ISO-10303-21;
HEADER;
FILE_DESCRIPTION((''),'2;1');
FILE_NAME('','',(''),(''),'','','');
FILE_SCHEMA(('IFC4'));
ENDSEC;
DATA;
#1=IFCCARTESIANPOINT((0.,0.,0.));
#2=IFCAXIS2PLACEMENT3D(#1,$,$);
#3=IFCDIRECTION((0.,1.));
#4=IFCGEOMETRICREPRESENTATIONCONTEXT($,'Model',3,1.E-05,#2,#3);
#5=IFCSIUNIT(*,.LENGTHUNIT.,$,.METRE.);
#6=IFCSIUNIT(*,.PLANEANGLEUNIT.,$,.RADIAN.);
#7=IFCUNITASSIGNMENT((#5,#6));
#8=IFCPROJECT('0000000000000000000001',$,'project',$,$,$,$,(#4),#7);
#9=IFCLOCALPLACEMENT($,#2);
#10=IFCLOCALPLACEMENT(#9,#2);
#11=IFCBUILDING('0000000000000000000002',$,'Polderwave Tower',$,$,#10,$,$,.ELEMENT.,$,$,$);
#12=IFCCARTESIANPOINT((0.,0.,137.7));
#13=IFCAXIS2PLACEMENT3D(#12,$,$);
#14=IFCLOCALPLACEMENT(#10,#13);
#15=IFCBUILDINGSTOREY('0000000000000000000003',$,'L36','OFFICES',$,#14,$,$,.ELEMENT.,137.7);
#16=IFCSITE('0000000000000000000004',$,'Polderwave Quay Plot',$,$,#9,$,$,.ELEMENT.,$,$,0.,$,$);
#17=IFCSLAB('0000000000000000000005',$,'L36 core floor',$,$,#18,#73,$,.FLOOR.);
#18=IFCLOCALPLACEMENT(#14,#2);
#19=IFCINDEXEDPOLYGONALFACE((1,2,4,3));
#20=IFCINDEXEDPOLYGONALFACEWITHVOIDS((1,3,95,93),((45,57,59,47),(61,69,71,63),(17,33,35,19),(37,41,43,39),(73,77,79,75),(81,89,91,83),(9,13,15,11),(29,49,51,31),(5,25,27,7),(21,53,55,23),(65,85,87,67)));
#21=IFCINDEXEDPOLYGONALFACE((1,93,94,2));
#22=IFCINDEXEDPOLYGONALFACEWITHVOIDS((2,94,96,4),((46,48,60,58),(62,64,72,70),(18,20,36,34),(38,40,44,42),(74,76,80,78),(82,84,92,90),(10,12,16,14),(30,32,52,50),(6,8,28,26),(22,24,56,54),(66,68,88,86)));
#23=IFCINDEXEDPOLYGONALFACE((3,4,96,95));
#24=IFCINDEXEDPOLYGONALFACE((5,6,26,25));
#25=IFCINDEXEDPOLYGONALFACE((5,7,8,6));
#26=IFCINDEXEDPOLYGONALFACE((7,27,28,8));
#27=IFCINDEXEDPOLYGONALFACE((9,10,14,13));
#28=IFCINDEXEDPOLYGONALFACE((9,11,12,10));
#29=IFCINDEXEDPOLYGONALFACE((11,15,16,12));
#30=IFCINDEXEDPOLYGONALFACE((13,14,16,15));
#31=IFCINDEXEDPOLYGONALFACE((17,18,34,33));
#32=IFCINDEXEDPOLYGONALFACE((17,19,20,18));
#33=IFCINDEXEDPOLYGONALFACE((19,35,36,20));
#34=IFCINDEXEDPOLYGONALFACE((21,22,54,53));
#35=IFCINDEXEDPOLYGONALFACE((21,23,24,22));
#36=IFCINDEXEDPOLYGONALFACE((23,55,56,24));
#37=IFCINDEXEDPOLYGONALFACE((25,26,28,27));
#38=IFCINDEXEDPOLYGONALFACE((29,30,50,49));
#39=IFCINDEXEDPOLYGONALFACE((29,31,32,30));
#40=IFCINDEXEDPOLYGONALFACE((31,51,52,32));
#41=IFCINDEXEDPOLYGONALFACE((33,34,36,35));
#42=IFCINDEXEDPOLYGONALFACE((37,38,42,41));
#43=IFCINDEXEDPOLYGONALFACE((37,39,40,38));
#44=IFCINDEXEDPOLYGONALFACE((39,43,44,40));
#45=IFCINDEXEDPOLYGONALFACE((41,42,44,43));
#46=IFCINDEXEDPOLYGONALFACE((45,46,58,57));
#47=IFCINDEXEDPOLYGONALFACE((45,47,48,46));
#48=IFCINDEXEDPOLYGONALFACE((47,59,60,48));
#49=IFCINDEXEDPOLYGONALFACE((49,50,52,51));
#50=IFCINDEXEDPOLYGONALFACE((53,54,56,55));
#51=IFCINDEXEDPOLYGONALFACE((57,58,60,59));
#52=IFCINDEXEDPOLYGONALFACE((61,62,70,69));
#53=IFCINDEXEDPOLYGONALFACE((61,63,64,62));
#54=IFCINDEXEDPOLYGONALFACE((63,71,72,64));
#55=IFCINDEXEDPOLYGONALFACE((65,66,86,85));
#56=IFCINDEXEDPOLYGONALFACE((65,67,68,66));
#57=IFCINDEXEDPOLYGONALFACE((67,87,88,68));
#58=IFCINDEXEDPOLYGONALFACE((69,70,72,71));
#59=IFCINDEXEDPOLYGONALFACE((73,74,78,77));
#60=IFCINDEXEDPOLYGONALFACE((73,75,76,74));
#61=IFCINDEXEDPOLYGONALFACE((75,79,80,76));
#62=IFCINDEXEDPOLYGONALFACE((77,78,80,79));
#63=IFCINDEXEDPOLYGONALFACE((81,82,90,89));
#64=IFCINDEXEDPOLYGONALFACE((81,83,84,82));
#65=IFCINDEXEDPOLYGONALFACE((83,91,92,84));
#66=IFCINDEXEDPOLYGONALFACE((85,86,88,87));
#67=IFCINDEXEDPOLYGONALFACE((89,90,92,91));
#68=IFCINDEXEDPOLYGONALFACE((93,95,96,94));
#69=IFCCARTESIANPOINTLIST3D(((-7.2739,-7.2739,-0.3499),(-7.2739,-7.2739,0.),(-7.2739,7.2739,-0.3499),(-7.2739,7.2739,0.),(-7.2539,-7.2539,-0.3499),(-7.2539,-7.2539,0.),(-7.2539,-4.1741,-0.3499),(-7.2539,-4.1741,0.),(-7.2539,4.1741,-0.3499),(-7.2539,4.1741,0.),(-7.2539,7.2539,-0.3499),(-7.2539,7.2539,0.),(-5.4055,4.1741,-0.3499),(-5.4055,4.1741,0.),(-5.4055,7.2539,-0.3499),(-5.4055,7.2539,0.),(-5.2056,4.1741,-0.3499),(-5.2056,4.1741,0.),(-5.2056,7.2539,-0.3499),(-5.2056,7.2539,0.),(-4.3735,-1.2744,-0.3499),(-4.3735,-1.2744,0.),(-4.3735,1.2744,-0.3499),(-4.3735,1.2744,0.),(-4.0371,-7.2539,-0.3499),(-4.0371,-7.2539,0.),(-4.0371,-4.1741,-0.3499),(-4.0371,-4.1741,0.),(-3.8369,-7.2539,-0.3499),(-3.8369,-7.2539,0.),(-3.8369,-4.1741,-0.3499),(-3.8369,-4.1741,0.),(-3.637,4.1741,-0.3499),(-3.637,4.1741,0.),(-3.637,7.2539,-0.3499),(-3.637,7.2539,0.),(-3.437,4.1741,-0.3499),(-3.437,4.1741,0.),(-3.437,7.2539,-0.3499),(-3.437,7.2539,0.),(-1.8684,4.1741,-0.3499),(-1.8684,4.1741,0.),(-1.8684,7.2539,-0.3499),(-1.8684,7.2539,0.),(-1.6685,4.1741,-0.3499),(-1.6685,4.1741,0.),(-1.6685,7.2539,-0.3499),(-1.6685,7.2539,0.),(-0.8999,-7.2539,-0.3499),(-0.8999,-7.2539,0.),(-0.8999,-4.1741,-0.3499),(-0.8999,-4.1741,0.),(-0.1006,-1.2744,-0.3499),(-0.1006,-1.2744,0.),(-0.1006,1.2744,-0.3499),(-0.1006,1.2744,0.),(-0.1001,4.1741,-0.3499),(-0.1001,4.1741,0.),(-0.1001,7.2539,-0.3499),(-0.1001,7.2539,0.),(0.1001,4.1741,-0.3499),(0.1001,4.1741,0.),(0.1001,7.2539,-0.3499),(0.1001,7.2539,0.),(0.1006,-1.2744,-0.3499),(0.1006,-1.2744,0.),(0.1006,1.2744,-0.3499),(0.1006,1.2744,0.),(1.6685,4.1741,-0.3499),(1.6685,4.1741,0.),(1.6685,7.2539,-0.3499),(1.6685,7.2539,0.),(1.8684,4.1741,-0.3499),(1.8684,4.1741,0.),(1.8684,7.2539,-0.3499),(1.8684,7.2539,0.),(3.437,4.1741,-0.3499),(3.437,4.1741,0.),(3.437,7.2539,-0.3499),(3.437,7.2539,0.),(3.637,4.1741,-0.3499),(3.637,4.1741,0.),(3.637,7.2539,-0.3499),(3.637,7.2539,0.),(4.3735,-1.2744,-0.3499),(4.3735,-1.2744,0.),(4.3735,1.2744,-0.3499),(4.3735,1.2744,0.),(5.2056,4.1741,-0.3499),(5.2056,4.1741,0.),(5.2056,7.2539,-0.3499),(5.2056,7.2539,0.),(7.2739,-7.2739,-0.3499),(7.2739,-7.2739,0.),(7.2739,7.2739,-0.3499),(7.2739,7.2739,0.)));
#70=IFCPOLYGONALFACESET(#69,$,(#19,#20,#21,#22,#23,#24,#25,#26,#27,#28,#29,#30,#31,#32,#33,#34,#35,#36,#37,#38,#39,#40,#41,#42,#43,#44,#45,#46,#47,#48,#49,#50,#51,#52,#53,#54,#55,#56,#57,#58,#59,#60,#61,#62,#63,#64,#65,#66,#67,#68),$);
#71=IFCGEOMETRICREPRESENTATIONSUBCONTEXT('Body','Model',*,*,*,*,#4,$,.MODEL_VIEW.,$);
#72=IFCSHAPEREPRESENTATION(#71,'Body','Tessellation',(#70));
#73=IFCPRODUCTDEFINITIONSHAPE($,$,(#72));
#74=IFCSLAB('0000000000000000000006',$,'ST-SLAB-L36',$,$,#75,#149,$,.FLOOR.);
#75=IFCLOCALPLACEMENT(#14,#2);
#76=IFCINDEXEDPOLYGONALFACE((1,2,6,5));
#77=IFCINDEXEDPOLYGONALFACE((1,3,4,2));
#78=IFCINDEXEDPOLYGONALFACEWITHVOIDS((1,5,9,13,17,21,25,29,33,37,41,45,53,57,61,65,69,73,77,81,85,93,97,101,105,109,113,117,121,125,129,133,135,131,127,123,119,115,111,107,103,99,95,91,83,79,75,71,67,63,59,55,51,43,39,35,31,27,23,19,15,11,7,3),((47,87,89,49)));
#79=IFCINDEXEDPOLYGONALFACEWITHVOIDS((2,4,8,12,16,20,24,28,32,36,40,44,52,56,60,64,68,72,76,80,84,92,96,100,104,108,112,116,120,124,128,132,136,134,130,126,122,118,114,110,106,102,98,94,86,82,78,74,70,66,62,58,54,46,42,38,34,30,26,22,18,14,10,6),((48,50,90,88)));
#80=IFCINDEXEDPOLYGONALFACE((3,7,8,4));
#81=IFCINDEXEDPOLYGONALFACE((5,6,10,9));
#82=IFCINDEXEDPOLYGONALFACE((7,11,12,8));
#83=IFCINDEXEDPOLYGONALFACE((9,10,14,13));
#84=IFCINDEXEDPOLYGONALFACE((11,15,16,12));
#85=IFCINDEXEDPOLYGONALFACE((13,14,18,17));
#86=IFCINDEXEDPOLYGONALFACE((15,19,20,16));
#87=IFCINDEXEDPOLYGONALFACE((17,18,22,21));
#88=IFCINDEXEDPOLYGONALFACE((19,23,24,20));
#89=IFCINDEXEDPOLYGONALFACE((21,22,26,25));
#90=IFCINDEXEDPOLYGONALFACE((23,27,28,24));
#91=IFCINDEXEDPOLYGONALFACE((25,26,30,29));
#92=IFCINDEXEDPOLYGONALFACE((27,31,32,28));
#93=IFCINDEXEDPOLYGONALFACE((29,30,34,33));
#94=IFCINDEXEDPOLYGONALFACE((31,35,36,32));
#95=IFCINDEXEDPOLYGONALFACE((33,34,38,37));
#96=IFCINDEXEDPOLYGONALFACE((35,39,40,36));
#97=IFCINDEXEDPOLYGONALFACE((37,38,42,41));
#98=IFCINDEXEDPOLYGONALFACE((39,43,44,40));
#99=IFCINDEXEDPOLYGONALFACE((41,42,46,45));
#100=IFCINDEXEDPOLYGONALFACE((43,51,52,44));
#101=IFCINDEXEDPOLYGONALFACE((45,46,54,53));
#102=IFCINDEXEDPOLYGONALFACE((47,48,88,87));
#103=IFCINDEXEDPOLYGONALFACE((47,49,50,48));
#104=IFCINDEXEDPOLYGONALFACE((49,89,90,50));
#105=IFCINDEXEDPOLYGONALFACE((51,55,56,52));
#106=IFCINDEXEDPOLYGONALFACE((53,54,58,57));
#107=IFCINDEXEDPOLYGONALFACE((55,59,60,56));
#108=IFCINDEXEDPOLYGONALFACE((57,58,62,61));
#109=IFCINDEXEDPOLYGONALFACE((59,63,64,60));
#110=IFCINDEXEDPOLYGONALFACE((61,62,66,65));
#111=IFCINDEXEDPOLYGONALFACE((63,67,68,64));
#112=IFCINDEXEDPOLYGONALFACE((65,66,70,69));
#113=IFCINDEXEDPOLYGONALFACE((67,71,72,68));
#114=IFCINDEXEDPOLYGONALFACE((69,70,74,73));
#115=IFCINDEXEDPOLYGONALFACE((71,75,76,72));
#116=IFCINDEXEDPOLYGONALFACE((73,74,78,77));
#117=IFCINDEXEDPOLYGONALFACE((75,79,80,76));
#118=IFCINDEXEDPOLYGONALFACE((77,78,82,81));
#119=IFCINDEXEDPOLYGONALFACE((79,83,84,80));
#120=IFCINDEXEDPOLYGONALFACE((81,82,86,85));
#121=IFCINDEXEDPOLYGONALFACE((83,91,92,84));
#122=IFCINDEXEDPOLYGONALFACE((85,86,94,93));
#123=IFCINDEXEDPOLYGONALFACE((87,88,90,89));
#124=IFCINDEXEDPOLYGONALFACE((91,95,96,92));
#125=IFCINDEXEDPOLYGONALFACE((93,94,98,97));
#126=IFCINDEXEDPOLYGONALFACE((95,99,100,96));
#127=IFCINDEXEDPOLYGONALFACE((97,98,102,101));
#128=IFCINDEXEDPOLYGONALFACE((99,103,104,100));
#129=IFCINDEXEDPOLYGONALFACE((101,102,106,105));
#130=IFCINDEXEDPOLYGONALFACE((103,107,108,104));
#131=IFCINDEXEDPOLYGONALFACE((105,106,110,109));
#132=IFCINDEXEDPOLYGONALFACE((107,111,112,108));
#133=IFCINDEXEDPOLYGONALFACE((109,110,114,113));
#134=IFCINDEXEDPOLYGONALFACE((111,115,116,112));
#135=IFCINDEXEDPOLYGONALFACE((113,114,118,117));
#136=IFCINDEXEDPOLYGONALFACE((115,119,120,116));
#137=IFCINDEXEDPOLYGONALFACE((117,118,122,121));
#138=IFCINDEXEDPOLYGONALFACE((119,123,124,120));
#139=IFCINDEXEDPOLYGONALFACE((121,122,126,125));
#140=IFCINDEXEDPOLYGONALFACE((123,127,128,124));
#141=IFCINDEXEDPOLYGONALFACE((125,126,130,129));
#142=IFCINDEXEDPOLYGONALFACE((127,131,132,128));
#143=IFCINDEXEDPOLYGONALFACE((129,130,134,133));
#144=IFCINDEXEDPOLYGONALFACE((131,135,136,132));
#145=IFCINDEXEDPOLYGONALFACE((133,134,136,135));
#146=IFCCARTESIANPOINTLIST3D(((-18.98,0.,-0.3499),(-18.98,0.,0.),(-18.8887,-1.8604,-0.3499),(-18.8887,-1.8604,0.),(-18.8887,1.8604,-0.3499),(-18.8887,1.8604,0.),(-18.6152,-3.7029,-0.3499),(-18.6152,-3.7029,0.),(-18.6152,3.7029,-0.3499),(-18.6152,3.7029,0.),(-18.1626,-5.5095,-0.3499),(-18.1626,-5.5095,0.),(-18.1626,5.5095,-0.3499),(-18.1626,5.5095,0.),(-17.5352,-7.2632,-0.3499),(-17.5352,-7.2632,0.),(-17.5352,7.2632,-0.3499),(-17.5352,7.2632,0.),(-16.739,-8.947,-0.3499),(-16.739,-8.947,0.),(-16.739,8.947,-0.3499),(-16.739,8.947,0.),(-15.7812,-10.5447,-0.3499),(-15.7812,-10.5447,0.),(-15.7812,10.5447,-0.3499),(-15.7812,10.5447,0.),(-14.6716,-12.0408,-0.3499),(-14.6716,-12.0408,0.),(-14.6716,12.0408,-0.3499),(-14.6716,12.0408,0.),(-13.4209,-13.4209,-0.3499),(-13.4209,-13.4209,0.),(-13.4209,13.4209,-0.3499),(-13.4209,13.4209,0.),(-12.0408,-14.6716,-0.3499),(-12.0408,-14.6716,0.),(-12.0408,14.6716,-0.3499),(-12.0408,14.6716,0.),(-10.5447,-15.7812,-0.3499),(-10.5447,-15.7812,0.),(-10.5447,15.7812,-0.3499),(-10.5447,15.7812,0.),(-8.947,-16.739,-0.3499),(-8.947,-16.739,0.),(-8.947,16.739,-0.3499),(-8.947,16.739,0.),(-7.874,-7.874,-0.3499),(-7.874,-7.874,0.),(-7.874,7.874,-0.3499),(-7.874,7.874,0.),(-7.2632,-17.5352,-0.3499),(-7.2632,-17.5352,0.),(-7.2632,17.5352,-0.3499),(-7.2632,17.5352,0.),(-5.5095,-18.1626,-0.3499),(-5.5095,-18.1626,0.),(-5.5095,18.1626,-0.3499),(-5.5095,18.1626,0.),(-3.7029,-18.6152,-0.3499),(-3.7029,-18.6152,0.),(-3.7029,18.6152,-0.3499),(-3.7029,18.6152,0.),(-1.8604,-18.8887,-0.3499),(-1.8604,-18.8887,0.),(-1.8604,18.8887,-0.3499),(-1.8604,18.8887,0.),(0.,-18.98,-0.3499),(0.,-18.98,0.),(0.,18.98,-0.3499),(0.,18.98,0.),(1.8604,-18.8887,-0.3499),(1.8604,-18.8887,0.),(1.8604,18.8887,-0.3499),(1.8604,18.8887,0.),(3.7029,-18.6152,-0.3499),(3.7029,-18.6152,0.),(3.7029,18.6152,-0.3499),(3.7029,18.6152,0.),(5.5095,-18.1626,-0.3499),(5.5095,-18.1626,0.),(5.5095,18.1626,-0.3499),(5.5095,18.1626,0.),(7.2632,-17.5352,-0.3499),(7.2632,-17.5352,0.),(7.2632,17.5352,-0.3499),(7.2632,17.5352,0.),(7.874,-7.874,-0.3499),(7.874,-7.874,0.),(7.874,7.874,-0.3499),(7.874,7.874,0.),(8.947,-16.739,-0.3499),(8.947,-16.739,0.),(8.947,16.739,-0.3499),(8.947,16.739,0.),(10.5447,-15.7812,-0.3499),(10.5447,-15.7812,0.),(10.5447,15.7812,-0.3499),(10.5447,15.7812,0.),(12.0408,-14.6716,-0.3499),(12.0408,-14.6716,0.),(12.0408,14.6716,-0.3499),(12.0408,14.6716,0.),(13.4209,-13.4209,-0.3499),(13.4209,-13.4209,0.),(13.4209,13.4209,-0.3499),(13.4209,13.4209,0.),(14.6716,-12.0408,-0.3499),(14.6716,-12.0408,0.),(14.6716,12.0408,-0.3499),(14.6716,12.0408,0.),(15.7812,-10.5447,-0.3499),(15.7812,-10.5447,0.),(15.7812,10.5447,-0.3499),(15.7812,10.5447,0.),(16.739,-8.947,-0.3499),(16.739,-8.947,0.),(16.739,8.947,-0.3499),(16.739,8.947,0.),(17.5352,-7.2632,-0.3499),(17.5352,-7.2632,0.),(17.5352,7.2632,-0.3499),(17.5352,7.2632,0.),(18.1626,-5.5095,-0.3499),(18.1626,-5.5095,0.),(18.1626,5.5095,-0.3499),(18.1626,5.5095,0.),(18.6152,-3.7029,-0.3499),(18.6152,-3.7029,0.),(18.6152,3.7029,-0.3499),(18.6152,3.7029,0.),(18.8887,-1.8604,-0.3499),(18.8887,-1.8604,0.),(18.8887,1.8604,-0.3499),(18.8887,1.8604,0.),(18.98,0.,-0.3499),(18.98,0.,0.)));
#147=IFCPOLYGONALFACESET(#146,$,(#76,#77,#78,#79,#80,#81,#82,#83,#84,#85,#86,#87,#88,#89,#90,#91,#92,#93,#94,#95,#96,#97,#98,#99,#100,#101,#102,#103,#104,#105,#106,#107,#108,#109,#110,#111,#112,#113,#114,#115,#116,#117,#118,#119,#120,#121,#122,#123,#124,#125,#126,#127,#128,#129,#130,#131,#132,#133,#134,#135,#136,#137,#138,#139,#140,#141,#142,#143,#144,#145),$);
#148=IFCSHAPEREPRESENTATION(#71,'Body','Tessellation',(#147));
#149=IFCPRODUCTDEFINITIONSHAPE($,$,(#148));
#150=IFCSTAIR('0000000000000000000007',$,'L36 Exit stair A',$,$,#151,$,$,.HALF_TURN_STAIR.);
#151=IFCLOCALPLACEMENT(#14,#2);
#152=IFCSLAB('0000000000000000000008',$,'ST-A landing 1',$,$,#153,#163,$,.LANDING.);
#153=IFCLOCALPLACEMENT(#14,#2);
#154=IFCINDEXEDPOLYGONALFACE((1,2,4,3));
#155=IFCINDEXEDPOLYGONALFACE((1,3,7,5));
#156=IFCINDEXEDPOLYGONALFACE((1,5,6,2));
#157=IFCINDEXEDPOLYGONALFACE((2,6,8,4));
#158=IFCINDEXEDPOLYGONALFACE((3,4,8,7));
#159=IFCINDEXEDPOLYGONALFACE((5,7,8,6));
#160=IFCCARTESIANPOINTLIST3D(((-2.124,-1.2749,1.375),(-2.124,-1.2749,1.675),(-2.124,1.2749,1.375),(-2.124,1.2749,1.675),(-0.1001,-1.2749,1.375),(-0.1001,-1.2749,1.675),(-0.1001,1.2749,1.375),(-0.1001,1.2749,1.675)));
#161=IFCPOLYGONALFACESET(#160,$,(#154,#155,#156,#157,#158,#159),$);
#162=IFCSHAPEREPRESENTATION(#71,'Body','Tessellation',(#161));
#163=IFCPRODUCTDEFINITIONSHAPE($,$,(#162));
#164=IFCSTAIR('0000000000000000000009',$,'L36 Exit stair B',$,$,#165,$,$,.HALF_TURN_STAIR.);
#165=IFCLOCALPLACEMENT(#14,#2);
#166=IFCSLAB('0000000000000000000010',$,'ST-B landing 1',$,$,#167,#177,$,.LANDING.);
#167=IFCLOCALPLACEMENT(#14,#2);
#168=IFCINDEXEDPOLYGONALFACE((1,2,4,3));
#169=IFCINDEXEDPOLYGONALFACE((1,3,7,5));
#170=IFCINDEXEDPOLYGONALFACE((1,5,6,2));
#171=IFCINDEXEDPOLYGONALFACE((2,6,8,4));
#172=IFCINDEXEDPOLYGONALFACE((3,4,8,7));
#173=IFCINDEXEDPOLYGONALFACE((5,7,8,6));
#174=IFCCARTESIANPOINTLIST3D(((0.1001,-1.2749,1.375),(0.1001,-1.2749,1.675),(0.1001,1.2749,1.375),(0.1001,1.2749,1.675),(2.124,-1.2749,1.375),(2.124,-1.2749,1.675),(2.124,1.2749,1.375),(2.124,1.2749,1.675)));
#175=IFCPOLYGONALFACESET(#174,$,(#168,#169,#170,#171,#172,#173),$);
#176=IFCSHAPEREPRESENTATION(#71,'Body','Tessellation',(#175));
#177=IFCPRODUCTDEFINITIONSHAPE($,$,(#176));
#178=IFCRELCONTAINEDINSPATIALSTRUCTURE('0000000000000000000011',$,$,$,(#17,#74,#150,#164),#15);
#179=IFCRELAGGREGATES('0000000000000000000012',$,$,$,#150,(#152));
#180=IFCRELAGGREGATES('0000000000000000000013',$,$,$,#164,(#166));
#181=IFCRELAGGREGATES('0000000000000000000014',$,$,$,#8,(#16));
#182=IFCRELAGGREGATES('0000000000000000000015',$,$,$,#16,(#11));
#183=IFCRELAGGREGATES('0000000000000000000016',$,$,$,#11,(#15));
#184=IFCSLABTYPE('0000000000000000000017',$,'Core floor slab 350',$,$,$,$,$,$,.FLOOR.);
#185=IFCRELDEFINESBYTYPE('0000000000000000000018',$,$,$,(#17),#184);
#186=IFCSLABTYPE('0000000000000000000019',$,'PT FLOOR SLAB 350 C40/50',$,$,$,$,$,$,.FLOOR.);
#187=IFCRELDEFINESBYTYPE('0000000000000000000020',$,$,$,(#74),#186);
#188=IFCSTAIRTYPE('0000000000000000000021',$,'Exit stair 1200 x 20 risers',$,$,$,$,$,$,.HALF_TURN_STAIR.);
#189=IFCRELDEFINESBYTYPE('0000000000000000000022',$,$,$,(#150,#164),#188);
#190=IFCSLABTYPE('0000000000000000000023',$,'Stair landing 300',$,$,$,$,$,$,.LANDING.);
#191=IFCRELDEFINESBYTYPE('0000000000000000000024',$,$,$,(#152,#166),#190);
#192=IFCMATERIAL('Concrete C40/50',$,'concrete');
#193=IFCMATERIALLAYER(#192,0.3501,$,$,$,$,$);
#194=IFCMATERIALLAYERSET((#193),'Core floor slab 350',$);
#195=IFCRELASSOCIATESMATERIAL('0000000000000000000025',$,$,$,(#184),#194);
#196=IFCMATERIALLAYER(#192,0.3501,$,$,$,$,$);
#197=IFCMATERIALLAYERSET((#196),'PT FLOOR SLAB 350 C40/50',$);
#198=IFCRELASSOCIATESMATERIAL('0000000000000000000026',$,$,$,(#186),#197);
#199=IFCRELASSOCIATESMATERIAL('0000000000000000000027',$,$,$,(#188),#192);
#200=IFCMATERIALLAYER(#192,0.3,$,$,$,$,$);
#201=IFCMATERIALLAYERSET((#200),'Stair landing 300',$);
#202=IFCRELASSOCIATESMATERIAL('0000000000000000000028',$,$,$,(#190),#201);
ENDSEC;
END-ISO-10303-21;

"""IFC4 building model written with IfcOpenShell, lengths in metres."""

from ifc_helpers import new_model, si_unit, direction, frame, origin, place, context, subcontext, project, spatial, polyline, outline, extrude, material, layer, layer_set, type_object, element, aggregate, save


model = new_model("IFC4")

# Units and contexts
model_context = context("Model", 3, precision=1e-05, world=origin(), true_north=direction((0.0, 1.0)))
body_context = subcontext(model_context, "Body", "Model", "MODEL_VIEW")
ifc_project = project(units=[si_unit("LENGTHUNIT", "METRE"), si_unit("PLANEANGLEUNIT", "RADIAN")], contexts=[model_context])

# Site, building, storey
site_placement = place(None, origin())
site = spatial("IfcSite", under=ifc_project, at=site_placement, Name="Polderwave Quay Plot", CompositionType="ELEMENT", RefElevation=0.0)
building_placement = place(site_placement, origin())
building = spatial("IfcBuilding", under=site, at=building_placement, Name="Polderwave Tower", CompositionType="ELEMENT")
storey_placement = place(building_placement, frame((0.0, 0.0, 137.7)))
storey = spatial("IfcBuildingStorey", under=building, at=storey_placement, Name="L36", Description="OFFICES", CompositionType="ELEMENT", Elevation=137.7)

# Slabs
ifc_material_1 = material(Name="Concrete C40/50", Category="concrete")
ifc_layer_1 = layer(ifc_material_1, 0.3501)
ifc_layer_set_1 = layer_set([ifc_layer_1], Name="Core floor slab 350")
slab_type_1 = type_object("IfcSlabType", Name="Core floor slab 350", PredefinedType="FLOOR", material=ifc_layer_set_1)
slab_1_placement = place(storey_placement, frame((0.0, 0.0, -0.3499)))
element("IfcSlab", 1, at=slab_1_placement, inside=storey, type_object=slab_type_1, Name="L36 core floor", PredefinedType="FLOOR", context=body_context, shape_type="SweptSolid", body=[
    extrude(outline(polyline([(-7.2739, -7.2739), (7.2739, -7.2739), (7.2739, 7.2739), (-7.2739, 7.2739), (-7.2739, -7.2739)]), holes=[polyline([(-7.2539, -7.2539), (-4.0371, -7.2539), (-4.0371, -4.1741), (-7.2539, -4.1741), (-7.2539, -7.2539)]), polyline([(-3.8369, -7.2539), (-0.8999, -7.2539), (-0.8999, -4.1741), (-3.8369, -4.1741), (-3.8369, -7.2539)]), polyline([(-7.2539, 4.1741), (-5.4055, 4.1741), (-5.4055, 7.2539), (-7.2539, 7.2539), (-7.2539, 4.1741)]), polyline([(-5.2056, 4.1741), (-3.637, 4.1741), (-3.637, 7.2539), (-5.2056, 7.2539), (-5.2056, 4.1741)]), polyline([(-3.437, 4.1741), (-1.8684, 4.1741), (-1.8684, 7.2539), (-3.437, 7.2539), (-3.437, 4.1741)]), polyline([(-1.6685, 4.1741), (-0.1001, 4.1741), (-0.1001, 7.2539), (-1.6685, 7.2539), (-1.6685, 4.1741)]), polyline([(0.1001, 4.1741), (1.6685, 4.1741), (1.6685, 7.2539), (0.1001, 7.2539), (0.1001, 4.1741)]), polyline([(1.8684, 4.1741), (3.437, 4.1741), (3.437, 7.2539), (1.8684, 7.2539), (1.8684, 4.1741)]), polyline([(3.637, 4.1741), (5.2056, 4.1741), (5.2056, 7.2539), (3.637, 7.2539), (3.637, 4.1741)]), polyline([(-4.3735, -1.2744), (-0.1006, -1.2744), (-0.1006, 1.2744), (-4.3735, 1.2744), (-4.3735, -1.2744)]), polyline([(0.1006, -1.2744), (4.3735, -1.2744), (4.3735, 1.2744), (0.1006, 1.2744), (0.1006, -1.2744)])]), origin(), (0.0, 0.0, 1.0), 0.3499),
])
ifc_layer_2 = layer(ifc_material_1, 0.3501)
ifc_layer_set_2 = layer_set([ifc_layer_2], Name="PT FLOOR SLAB 350 C40/50")
slab_type_2 = type_object("IfcSlabType", Name="PT FLOOR SLAB 350 C40/50", PredefinedType="FLOOR", material=ifc_layer_set_2)
slab_2_placement = place(storey_placement, frame((0.0, 0.0, -0.3499)))
element("IfcSlab", 2, at=slab_2_placement, inside=storey, type_object=slab_type_2, Name="ST-SLAB-L36", PredefinedType="FLOOR", context=body_context, shape_type="SweptSolid", body=[
    extrude(outline(polyline([(18.98, 0.0), (18.8887, 1.8604), (18.6152, 3.7029), (18.1626, 5.5095), (17.5352, 7.2632), (16.739, 8.947), (15.7812, 10.5447), (14.6716, 12.0408), (13.4209, 13.4209), (12.0408, 14.6716), (10.5447, 15.7812), (8.947, 16.739), (7.2632, 17.5352), (5.5095, 18.1626), (3.7029, 18.6152), (1.8604, 18.8887), (0.0, 18.98), (-1.8604, 18.8887), (-3.7029, 18.6152), (-5.5095, 18.1626), (-7.2632, 17.5352), (-8.947, 16.739), (-10.5447, 15.7812), (-12.0408, 14.6716), (-13.4209, 13.4209), (-14.6716, 12.0408), (-15.7812, 10.5447), (-16.739, 8.947), (-17.5352, 7.2632), (-18.1626, 5.5095), (-18.6152, 3.7029), (-18.8887, 1.8604), (-18.98, 0.0), (-18.8887, -1.8604), (-18.6152, -3.7029), (-18.1626, -5.5095), (-17.5352, -7.2632), (-16.739, -8.947), (-15.7812, -10.5447), (-14.6716, -12.0408), (-13.4209, -13.4209), (-12.0408, -14.6716), (-10.5447, -15.7812), (-8.947, -16.739), (-7.2632, -17.5352), (-5.5095, -18.1626), (-3.7029, -18.6152), (-1.8604, -18.8887), (0.0, -18.98), (1.8604, -18.8887), (3.7029, -18.6152), (5.5095, -18.1626), (7.2632, -17.5352), (8.947, -16.739), (10.5447, -15.7812), (12.0408, -14.6716), (13.4209, -13.4209), (14.6716, -12.0408), (15.7812, -10.5447), (16.739, -8.947), (17.5352, -7.2632), (18.1626, -5.5095), (18.6152, -3.7029), (18.8887, -1.8604), (18.98, 0.0)]), holes=[polyline([(-7.874, -7.874), (7.874, -7.874), (7.874, 7.874), (-7.874, 7.874), (-7.874, -7.874)])]), origin(), (0.0, 0.0, 1.0), 0.3499),
])

# Stairs, slabs
stair_type = type_object("IfcStairType", Name="Exit stair 1200 x 20 risers", PredefinedType="HALF_TURN_STAIR", material=ifc_material_1)
stair_1_placement = place(storey_placement, origin())
stair_1 = element("IfcStair", 3, at=stair_1_placement, inside=storey, type_object=stair_type, Name="L36 Exit stair A", PredefinedType="HALF_TURN_STAIR")
ifc_layer_3 = layer(ifc_material_1, 0.3)
ifc_layer_set_3 = layer_set([ifc_layer_3], Name="Stair landing 300")
slab_type_3 = type_object("IfcSlabType", Name="Stair landing 300", PredefinedType="LANDING", material=ifc_layer_set_3)
slab_3_placement = place(storey_placement, frame((0.0, 0.0, 1.375)))
slab_3 = element("IfcSlab", 4, at=slab_3_placement, type_object=slab_type_3, Name="ST-A landing 1", PredefinedType="LANDING", context=body_context, shape_type="SweptSolid", body=[
    extrude(outline(polyline([(-2.124, -1.2749), (-0.1001, -1.2749), (-0.1001, 1.2749), (-2.124, 1.2749), (-2.124, -1.2749)])), origin(), (0.0, 0.0, 1.0), 0.3),
])
aggregate(stair_1, [slab_3])
stair_2_placement = place(storey_placement, origin())
stair_2 = element("IfcStair", 5, at=stair_2_placement, inside=storey, type_object=stair_type, Name="L36 Exit stair B", PredefinedType="HALF_TURN_STAIR")
slab_4_placement = place(storey_placement, frame((0.0, 0.0, 1.375)))
slab_4 = element("IfcSlab", 6, at=slab_4_placement, type_object=slab_type_3, Name="ST-B landing 1", PredefinedType="LANDING", context=body_context, shape_type="SweptSolid", body=[
    extrude(outline(polyline([(2.124, 1.2749), (0.1001, 1.2749), (0.1001, -1.2749), (2.124, -1.2749), (2.124, 1.2749)])), origin(), (0.0, 0.0, 1.0), 0.3),
])

aggregate(stair_2, [slab_4])

save(model, "model.ifc")
